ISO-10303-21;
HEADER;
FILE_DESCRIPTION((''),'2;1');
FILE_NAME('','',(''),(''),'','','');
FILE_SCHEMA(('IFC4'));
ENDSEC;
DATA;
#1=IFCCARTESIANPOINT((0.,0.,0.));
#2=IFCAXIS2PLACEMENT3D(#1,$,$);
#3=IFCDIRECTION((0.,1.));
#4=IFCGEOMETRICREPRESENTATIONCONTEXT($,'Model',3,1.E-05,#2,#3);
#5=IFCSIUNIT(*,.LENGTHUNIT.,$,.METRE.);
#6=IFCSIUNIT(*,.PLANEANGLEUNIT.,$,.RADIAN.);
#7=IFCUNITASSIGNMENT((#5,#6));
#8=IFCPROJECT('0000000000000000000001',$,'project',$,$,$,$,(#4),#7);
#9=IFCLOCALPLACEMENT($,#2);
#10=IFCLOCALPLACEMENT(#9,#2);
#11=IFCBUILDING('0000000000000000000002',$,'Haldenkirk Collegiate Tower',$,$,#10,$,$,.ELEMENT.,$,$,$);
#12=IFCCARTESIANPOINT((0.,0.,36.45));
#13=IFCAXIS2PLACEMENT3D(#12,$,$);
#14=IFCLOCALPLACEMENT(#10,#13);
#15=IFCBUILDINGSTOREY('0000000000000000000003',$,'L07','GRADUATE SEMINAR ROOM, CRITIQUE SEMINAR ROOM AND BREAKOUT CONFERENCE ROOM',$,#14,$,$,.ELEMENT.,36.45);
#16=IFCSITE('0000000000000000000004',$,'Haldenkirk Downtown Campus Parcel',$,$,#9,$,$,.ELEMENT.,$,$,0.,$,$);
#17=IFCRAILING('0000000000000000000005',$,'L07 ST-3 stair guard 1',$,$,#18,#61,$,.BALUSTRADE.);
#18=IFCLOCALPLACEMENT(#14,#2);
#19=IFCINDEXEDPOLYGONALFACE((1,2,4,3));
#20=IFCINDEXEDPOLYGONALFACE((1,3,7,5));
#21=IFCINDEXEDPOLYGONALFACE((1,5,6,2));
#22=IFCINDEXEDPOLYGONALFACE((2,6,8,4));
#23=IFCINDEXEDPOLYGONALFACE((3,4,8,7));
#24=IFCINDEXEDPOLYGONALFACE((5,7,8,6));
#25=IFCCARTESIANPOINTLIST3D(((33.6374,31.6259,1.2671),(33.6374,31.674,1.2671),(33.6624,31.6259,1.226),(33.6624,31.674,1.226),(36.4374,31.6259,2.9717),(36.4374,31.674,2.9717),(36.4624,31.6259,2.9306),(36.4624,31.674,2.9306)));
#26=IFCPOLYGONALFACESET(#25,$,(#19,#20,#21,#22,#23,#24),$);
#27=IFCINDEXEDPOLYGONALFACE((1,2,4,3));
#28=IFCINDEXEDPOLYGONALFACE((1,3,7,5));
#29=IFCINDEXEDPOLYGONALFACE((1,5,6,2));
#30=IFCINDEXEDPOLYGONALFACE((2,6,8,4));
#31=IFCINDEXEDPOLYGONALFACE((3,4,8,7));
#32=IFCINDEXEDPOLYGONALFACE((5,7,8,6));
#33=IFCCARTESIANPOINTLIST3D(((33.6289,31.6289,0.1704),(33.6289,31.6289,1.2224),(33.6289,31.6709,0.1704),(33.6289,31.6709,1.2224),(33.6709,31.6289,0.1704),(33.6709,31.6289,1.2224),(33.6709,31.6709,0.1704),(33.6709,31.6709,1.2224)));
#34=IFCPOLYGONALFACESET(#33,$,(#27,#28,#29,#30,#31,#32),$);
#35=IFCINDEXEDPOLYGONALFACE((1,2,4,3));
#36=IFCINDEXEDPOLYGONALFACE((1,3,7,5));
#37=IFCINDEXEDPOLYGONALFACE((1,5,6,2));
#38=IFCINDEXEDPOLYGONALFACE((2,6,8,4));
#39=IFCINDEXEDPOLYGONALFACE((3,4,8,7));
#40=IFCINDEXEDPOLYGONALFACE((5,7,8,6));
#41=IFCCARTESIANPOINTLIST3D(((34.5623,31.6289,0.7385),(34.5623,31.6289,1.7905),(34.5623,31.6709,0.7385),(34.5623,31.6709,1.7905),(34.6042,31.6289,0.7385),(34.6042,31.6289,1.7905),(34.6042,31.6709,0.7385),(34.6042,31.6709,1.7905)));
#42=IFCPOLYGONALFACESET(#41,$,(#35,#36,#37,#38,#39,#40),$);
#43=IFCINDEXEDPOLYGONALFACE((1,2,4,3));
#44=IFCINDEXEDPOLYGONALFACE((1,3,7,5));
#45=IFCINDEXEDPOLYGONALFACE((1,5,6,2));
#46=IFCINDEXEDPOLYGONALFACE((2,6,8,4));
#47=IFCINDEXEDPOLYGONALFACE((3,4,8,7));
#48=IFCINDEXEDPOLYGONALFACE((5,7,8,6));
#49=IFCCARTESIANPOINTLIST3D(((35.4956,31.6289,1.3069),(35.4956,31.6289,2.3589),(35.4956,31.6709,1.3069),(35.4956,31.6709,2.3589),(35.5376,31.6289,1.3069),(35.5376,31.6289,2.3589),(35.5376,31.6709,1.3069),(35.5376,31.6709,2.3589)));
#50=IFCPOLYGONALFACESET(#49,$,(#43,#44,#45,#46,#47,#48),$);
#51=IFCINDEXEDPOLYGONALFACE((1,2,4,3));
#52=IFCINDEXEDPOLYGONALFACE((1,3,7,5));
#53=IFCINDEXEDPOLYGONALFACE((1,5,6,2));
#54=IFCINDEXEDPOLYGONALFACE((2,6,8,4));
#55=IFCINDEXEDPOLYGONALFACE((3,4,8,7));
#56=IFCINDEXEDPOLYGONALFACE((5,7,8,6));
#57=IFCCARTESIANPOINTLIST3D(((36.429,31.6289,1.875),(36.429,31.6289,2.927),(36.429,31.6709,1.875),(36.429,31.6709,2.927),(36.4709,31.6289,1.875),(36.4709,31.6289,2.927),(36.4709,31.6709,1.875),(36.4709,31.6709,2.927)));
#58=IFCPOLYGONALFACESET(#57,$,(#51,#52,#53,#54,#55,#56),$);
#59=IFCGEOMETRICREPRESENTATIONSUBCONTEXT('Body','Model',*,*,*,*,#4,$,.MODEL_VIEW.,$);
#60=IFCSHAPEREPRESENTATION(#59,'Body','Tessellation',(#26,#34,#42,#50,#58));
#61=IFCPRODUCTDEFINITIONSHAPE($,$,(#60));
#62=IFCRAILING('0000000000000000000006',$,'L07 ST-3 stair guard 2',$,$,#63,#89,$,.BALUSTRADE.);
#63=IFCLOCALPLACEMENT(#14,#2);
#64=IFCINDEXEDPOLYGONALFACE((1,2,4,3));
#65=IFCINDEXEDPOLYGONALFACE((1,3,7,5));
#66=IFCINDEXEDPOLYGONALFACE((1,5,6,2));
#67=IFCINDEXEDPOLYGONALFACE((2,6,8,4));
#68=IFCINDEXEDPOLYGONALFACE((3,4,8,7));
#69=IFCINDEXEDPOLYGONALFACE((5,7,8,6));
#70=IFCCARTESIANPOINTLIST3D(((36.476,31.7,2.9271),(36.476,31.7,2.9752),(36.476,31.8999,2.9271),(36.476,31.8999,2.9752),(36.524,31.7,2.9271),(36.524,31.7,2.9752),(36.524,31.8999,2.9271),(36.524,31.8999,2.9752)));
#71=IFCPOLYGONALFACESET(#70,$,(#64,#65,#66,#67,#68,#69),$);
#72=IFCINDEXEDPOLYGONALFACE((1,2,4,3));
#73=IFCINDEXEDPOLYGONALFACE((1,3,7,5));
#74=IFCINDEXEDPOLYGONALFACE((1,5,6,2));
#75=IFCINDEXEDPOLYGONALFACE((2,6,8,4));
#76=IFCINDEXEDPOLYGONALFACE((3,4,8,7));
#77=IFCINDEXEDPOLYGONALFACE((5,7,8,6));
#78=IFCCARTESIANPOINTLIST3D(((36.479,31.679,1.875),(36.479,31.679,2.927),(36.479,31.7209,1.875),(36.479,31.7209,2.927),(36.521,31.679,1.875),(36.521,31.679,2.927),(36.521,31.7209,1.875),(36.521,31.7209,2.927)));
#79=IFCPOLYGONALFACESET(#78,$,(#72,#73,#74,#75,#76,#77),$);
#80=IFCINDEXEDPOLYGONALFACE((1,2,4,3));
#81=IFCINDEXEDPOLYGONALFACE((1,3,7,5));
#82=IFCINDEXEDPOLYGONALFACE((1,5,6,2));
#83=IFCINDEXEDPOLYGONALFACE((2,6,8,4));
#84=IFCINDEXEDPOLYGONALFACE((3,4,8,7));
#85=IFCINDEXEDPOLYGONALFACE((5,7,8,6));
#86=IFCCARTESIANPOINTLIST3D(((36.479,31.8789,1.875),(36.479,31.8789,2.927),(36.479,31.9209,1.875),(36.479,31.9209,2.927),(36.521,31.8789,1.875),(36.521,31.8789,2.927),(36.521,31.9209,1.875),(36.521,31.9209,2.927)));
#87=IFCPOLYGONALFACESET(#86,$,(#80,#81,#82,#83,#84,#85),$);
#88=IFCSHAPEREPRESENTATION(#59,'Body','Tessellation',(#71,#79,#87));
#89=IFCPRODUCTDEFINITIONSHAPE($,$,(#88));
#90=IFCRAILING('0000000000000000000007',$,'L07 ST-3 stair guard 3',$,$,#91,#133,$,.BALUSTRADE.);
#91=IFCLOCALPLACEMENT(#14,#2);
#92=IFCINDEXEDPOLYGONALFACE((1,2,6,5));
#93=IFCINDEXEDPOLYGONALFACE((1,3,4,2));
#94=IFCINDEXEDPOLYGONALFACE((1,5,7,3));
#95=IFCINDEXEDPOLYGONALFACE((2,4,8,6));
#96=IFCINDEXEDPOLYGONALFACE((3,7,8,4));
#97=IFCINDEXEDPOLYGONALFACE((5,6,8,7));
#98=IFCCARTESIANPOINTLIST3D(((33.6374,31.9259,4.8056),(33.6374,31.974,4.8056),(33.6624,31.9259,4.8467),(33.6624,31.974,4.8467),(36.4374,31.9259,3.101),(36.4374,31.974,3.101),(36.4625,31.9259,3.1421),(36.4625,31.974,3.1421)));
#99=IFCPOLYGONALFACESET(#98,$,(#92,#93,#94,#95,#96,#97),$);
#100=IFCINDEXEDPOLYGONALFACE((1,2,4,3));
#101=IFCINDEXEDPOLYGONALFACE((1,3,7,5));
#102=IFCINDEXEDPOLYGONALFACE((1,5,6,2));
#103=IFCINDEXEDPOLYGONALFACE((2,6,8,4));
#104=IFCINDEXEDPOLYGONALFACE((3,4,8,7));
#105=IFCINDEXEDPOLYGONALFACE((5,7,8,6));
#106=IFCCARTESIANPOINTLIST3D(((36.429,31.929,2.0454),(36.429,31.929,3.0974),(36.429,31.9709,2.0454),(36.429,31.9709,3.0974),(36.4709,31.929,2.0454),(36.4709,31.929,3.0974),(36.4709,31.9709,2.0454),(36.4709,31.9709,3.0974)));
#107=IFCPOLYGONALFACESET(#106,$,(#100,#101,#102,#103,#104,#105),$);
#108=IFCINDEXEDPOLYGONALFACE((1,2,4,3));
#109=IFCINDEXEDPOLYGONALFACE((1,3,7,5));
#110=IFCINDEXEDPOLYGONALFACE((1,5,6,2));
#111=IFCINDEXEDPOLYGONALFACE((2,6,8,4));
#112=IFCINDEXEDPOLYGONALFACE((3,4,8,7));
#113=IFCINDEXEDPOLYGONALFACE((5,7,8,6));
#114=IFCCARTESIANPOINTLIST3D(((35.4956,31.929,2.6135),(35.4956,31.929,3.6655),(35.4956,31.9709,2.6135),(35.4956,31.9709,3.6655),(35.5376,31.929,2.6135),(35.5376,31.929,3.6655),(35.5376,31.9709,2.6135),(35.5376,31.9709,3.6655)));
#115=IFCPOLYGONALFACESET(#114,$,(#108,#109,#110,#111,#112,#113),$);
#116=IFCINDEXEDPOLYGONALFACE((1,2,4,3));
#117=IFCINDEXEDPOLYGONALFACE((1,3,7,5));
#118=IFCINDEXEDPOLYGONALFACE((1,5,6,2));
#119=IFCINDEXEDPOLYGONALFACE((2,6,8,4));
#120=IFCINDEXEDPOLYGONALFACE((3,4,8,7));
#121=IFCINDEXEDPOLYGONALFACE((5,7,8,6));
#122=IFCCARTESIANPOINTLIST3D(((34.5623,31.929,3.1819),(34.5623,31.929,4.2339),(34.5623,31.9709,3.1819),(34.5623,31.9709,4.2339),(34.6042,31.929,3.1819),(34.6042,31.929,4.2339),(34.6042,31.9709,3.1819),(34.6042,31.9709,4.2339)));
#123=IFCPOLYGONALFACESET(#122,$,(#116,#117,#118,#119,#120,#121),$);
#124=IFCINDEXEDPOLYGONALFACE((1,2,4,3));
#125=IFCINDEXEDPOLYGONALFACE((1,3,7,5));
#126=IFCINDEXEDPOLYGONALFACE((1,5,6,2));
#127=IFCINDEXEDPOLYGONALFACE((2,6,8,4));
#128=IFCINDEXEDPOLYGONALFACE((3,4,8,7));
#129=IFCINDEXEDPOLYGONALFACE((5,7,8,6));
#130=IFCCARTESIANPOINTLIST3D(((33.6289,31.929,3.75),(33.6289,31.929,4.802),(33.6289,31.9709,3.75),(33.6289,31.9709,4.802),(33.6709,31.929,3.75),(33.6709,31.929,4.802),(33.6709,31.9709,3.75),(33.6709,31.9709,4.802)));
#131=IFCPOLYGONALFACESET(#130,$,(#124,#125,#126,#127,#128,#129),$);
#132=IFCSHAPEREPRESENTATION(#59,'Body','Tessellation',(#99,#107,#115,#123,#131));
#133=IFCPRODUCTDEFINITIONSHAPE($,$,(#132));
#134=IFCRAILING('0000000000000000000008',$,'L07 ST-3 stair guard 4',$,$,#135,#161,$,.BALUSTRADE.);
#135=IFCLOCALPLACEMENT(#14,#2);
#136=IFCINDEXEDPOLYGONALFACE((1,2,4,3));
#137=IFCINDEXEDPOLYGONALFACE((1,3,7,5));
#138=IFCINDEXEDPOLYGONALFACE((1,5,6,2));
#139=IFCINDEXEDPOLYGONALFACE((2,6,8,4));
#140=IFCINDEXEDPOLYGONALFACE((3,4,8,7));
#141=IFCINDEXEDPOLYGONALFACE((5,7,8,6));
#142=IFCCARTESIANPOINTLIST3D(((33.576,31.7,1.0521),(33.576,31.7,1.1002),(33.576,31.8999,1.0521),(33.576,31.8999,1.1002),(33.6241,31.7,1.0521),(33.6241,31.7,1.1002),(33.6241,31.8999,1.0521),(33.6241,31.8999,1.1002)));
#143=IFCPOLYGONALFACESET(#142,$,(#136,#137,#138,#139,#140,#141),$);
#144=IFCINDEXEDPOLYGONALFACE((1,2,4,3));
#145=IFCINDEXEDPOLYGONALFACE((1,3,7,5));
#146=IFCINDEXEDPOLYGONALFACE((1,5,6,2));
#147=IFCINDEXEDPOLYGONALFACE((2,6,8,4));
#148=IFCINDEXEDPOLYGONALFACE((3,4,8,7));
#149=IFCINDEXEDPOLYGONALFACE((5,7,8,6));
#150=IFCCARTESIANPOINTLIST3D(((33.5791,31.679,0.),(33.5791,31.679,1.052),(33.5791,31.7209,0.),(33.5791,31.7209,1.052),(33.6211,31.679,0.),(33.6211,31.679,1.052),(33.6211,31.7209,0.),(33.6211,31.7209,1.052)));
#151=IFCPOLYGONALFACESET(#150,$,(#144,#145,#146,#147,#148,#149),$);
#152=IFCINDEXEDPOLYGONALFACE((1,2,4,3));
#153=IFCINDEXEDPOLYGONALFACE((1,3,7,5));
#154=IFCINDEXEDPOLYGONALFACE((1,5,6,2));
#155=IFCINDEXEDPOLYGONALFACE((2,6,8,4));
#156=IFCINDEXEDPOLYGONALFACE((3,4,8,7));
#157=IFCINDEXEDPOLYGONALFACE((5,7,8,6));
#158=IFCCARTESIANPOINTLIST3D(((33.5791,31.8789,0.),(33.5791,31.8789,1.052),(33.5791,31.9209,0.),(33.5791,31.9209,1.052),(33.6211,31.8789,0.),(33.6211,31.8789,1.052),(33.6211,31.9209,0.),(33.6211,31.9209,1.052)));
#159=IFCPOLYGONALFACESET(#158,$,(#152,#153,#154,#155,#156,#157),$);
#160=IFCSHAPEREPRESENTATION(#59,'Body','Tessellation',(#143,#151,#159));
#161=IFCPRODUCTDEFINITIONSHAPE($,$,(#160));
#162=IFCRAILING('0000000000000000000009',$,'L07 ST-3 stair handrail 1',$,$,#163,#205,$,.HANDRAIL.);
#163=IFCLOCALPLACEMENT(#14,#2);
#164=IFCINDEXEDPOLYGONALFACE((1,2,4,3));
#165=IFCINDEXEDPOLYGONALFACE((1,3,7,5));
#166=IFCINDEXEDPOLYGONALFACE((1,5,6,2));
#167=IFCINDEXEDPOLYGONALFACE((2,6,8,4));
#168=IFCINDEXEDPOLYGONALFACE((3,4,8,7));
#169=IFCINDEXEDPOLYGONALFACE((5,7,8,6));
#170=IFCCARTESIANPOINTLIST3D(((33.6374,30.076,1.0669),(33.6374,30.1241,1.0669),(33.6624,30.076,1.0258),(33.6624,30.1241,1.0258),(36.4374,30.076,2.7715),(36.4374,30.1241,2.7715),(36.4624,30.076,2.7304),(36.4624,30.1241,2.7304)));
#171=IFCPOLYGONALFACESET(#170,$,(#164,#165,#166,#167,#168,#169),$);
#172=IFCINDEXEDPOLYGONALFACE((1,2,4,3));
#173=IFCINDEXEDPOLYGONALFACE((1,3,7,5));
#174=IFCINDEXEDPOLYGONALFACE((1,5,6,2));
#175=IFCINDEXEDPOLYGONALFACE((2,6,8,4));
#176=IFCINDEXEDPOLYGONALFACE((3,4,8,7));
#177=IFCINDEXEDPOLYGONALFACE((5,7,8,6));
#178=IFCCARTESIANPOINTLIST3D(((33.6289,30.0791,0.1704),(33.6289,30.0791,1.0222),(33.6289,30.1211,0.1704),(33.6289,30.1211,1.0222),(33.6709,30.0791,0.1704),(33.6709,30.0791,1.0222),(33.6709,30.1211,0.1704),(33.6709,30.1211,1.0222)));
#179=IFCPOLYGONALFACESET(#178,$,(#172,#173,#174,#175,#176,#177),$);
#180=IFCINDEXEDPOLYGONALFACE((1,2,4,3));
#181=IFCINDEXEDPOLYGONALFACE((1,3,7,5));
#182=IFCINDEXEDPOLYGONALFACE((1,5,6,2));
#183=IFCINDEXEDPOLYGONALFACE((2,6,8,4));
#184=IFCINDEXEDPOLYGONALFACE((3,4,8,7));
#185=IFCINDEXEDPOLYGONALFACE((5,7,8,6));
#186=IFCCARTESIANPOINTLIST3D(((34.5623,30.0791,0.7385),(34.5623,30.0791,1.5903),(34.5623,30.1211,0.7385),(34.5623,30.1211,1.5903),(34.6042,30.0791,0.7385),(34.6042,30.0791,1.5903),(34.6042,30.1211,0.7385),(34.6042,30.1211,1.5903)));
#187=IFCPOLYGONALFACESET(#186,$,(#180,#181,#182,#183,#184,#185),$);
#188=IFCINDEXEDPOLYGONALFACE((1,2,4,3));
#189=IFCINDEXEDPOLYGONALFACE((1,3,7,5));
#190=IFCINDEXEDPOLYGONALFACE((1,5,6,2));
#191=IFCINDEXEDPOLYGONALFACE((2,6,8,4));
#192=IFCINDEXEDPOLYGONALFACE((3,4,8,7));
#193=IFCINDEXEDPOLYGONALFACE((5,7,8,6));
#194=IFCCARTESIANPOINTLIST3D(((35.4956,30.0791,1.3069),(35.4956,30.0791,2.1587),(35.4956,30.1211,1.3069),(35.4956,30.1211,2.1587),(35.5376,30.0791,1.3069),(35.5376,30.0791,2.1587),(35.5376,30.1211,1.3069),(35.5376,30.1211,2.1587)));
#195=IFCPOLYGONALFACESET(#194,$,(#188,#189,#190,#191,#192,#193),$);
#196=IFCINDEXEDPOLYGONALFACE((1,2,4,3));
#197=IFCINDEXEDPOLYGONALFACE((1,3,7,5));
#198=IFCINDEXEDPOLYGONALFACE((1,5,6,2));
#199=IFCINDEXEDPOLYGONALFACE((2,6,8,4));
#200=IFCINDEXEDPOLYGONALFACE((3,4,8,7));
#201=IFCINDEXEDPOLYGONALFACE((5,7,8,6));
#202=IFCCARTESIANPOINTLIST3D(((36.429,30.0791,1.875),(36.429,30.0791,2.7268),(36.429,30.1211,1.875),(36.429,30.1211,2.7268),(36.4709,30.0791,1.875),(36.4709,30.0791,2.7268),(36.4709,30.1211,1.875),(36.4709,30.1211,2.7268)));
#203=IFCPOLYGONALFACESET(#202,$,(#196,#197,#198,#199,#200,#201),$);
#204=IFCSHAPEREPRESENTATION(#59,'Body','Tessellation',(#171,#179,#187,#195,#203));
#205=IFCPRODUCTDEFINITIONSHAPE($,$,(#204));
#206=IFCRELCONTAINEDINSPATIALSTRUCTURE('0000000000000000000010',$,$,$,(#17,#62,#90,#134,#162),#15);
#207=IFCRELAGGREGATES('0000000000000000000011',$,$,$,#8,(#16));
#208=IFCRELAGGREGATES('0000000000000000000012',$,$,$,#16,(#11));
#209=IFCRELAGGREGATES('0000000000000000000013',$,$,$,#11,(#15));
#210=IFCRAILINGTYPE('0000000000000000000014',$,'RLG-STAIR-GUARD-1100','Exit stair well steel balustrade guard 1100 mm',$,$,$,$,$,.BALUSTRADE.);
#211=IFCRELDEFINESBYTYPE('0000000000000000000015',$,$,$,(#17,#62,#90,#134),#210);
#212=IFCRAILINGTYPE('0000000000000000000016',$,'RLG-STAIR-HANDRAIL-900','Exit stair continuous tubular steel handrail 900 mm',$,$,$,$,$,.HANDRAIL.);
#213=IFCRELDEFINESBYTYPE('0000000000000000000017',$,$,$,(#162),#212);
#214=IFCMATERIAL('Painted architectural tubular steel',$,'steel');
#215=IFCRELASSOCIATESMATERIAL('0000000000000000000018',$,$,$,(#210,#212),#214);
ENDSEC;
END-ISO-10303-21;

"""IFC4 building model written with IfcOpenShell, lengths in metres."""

from ifc_helpers import new_model, si_unit, direction, frame, origin, origin_2d, place, context, subcontext, project, spatial, rectangle, extrude, material, type_object, element, save


model = new_model("IFC4")

# Units and contexts
model_context = context("Model", 3, precision=1e-05, world=origin(), true_north=direction((0.0, 1.0)))
body_context = subcontext(model_context, "Body", "Model", "MODEL_VIEW")
ifc_project = project(units=[si_unit("LENGTHUNIT", "METRE"), si_unit("PLANEANGLEUNIT", "RADIAN")], contexts=[model_context])

# Site, building, storey
site_placement = place(None, origin())
site = spatial("IfcSite", under=ifc_project, at=site_placement, Name="Haldenkirk Downtown Campus Parcel", CompositionType="ELEMENT", RefElevation=0.0)
building_placement = place(site_placement, origin())
building = spatial("IfcBuilding", under=site, at=building_placement, Name="Haldenkirk Collegiate Tower", CompositionType="ELEMENT")
storey_placement = place(building_placement, frame((0.0, 0.0, 36.45)))
storey = spatial("IfcBuildingStorey", under=building, at=storey_placement, Name="L07", Description="GRADUATE SEMINAR ROOM, CRITIQUE SEMINAR ROOM AND BREAKOUT CONFERENCE ROOM", CompositionType="ELEMENT", Elevation=36.45)

# Railings
ifc_material_1 = material(Name="Painted architectural tubular steel", Category="steel")
railing_type_1 = type_object("IfcRailingType", Name="RLG-STAIR-GUARD-1100", Description="Exit stair well steel balustrade guard 1100 mm", PredefinedType="BALUSTRADE", material=ifc_material_1)
railing_1_placement = place(storey_placement, frame((33.6499, 31.6499, 0.1704)))
element("IfcRailing", 1, at=railing_1_placement, inside=storey, type_object=railing_type_1, Name="L07 ST-3 stair guard 1", PredefinedType="BALUSTRADE", context=body_context, shape_type="SweptSolid", body=[
    extrude(rectangle(XDim=0.0481, YDim=0.0481, at=origin_2d()), frame((0.0, 0.0, 1.0762), z_axis=(0.85417, 0.0, 0.519994), x_axis=(0.0, 1.0, 0.0)), (0.0, 0.0, 1.0), 3.2781),
    extrude(rectangle(XDim=0.042, YDim=0.042, at=origin_2d()), origin(), (0.0, 0.0, 1.0), 1.052),
    extrude(rectangle(XDim=0.042, YDim=0.042, at=origin_2d()), frame((0.9333, 0.0, 0.5681)), (0.0, 0.0, 1.0), 1.052),
    extrude(rectangle(XDim=0.042, YDim=0.042, at=origin_2d()), frame((1.8667, 0.0, 1.1365)), (0.0, 0.0, 1.0), 1.052),
    extrude(rectangle(XDim=0.042, YDim=0.042, at=origin_2d()), frame((2.8, 0.0, 1.7046)), (0.0, 0.0, 1.0), 1.052),
])
railing_2_placement = place(storey_placement, frame((36.5, 31.7, 1.875)))
element("IfcRailing", 2, at=railing_2_placement, inside=storey, type_object=railing_type_1, Name="L07 ST-3 stair guard 2", PredefinedType="BALUSTRADE", context=body_context, shape_type="SweptSolid", body=[
    extrude(rectangle(XDim=0.0481, YDim=0.0481, at=origin_2d()), frame((0.0, 0.0, 1.0762), z_axis=(0.0, 1.0, 0.0), x_axis=(-1.0, 0.0, 0.0)), (0.0, 0.0, 1.0), 0.2),
    extrude(rectangle(XDim=0.042, YDim=0.042, at=origin_2d()), origin(), (0.0, 0.0, 1.0), 1.052),
    extrude(rectangle(XDim=0.042, YDim=0.042, at=origin_2d()), frame((0.0, 0.2, 0.0)), (0.0, 0.0, 1.0), 1.052),
])
railing_3_placement = place(storey_placement, frame((36.45, 31.95, 2.0454)))
element("IfcRailing", 3, at=railing_3_placement, inside=storey, type_object=railing_type_1, Name="L07 ST-3 stair guard 3", PredefinedType="BALUSTRADE", context=body_context, shape_type="SweptSolid", body=[
    extrude(rectangle(XDim=0.0481, YDim=0.0481, at=origin_2d()), frame((0.0, 0.0, 1.0762), z_axis=(-0.85417, 0.0, 0.519994), x_axis=(0.0, -1.0, 0.0)), (0.0, 0.0, 1.0), 3.2781),
    extrude(rectangle(XDim=0.042, YDim=0.042, at=origin_2d()), origin(), (0.0, 0.0, 1.0), 1.052),
    extrude(rectangle(XDim=0.042, YDim=0.042, at=origin_2d()), frame((-0.9333, 0.0, 0.5681)), (0.0, 0.0, 1.0), 1.052),
    extrude(rectangle(XDim=0.042, YDim=0.042, at=origin_2d()), frame((-1.8667, 0.0, 1.1365)), (0.0, 0.0, 1.0), 1.052),
    extrude(rectangle(XDim=0.042, YDim=0.042, at=origin_2d()), frame((-2.8, 0.0, 1.7046)), (0.0, 0.0, 1.0), 1.052),
])
railing_4_placement = place(storey_placement, frame((33.6001, 31.7, 0.0)))
element("IfcRailing", 4, at=railing_4_placement, inside=storey, type_object=railing_type_1, Name="L07 ST-3 stair guard 4", PredefinedType="BALUSTRADE", context=body_context, shape_type="SweptSolid", body=[
    extrude(rectangle(XDim=0.0481, YDim=0.0481, at=origin_2d()), frame((0.0, 0.0, 1.0762), z_axis=(0.0, 1.0, 0.0), x_axis=(-1.0, 0.0, 0.0)), (0.0, 0.0, 1.0), 0.2),
    extrude(rectangle(XDim=0.042, YDim=0.042, at=origin_2d()), origin(), (0.0, 0.0, 1.0), 1.052),
    extrude(rectangle(XDim=0.042, YDim=0.042, at=origin_2d()), frame((0.0, 0.2, 0.0)), (0.0, 0.0, 1.0), 1.052),
])
railing_type_2 = type_object("IfcRailingType", Name="RLG-STAIR-HANDRAIL-900", Description="Exit stair continuous tubular steel handrail 900 mm", PredefinedType="HANDRAIL", material=ifc_material_1)
railing_5_placement = place(storey_placement, frame((33.6499, 30.1001, 0.1704)))
element("IfcRailing", 5, at=railing_5_placement, inside=storey, type_object=railing_type_2, Name="L07 ST-3 stair handrail 1", PredefinedType="HANDRAIL", context=body_context, shape_type="SweptSolid", body=[
    extrude(rectangle(XDim=0.0481, YDim=0.0481, at=origin_2d()), frame((0.0, 0.0, 0.876), z_axis=(0.85417, 0.0, 0.519994), x_axis=(0.0, 1.0, 0.0)), (0.0, 0.0, 1.0), 3.2781),
    extrude(rectangle(XDim=0.042, YDim=0.042, at=origin_2d()), origin(), (0.0, 0.0, 1.0), 0.8518),
    extrude(rectangle(XDim=0.042, YDim=0.042, at=origin_2d()), frame((0.9333, 0.0, 0.5681)), (0.0, 0.0, 1.0), 0.8518),
    extrude(rectangle(XDim=0.042, YDim=0.042, at=origin_2d()), frame((1.8667, 0.0, 1.1365)), (0.0, 0.0, 1.0), 0.8518),
    extrude(rectangle(XDim=0.042, YDim=0.042, at=origin_2d()), frame((2.8, 0.0, 1.7046)), (0.0, 0.0, 1.0), 0.8518),
])

save(model, "model.ifc")
